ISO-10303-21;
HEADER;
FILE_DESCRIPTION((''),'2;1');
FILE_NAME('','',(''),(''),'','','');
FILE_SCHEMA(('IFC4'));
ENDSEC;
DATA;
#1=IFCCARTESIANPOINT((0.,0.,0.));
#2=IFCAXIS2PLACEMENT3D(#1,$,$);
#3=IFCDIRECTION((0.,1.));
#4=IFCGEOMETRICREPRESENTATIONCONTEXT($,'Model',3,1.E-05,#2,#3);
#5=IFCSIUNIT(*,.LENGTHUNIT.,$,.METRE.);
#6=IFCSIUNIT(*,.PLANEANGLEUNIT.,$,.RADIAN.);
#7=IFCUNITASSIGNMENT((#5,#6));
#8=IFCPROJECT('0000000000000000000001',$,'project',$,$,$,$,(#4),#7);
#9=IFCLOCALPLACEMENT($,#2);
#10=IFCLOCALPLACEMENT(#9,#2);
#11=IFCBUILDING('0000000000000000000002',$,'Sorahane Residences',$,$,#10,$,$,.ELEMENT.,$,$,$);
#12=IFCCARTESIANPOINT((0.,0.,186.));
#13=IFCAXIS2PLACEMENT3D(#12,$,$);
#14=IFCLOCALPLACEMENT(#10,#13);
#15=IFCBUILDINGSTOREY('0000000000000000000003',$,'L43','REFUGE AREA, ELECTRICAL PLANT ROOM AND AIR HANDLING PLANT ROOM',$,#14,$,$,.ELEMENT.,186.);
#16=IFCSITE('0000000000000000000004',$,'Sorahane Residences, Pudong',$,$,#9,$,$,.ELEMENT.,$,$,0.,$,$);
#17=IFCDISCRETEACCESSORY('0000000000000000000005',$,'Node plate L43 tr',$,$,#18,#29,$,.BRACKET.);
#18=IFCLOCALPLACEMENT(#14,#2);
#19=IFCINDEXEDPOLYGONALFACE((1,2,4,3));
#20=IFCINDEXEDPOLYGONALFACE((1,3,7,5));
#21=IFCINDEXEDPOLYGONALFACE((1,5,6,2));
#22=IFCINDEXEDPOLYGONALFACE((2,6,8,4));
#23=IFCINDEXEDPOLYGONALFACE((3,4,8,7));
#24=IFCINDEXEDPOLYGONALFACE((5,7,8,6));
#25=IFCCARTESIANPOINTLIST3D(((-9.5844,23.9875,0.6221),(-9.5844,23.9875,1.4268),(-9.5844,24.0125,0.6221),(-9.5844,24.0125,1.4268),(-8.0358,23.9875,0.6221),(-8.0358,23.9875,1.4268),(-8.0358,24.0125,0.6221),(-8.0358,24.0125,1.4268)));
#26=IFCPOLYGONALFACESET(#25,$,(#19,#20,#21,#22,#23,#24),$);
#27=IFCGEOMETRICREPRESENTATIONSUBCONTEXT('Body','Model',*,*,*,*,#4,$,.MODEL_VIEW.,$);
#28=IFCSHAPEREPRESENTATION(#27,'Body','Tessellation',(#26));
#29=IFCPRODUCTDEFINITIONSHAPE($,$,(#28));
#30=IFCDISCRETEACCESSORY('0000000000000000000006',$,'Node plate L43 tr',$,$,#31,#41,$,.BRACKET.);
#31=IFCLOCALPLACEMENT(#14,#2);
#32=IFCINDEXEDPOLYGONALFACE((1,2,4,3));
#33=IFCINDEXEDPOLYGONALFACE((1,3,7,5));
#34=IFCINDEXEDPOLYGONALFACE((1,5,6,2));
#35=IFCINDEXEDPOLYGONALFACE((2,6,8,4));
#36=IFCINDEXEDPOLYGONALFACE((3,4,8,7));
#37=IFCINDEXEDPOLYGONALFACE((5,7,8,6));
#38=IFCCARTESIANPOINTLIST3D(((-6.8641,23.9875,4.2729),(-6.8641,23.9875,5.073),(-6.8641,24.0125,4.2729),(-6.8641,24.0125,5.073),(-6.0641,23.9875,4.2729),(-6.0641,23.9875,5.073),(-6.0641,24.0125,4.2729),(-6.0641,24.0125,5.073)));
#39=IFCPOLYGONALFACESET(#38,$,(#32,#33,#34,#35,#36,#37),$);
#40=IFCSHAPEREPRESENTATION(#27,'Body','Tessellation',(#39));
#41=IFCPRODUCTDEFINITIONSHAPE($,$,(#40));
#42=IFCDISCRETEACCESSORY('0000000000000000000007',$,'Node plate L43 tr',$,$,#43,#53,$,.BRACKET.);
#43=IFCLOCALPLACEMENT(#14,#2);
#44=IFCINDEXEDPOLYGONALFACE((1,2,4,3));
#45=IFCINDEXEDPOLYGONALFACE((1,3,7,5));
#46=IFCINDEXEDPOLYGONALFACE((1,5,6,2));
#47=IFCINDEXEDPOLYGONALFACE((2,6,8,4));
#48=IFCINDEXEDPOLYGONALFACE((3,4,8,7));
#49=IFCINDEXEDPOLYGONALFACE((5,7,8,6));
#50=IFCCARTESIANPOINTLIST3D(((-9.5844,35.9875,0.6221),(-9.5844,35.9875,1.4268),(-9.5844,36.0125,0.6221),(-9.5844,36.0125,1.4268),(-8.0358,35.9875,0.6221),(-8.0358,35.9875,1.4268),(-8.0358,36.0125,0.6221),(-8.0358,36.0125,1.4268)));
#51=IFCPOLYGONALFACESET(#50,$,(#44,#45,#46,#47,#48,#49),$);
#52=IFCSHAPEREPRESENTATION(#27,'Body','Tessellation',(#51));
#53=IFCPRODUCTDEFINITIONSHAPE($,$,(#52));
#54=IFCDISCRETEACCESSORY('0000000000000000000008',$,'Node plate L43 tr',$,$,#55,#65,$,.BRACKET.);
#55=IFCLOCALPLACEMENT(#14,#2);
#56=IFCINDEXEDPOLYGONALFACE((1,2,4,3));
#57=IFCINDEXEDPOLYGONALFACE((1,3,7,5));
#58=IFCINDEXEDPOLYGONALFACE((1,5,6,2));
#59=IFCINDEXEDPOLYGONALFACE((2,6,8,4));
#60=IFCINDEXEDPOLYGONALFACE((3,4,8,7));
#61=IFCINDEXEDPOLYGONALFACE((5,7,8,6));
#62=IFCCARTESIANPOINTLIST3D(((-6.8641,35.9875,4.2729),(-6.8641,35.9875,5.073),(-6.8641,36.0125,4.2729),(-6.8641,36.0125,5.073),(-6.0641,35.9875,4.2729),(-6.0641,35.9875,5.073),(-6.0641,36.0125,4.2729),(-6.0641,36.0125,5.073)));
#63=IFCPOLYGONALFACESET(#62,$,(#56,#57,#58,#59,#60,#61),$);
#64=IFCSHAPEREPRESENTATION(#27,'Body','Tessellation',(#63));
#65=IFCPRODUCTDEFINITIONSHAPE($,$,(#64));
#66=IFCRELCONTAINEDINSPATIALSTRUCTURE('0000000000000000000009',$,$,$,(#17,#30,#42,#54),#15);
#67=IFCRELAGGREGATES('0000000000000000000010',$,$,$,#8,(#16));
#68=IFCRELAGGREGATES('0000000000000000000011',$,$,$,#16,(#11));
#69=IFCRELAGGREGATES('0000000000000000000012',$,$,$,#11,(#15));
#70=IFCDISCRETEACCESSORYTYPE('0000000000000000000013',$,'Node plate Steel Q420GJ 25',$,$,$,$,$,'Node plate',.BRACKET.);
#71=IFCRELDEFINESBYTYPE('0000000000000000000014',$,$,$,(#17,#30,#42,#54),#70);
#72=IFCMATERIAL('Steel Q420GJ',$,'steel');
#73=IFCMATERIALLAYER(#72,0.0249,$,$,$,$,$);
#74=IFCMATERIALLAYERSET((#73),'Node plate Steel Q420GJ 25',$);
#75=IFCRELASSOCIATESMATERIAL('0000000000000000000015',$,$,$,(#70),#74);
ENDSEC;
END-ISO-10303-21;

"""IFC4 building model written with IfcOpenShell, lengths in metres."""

from ifc_helpers import new_model, si_unit, direction, frame, origin, origin_2d, place, context, subcontext, project, spatial, rectangle, extrude, material, layer, layer_set, type_object, element, save


model = new_model("IFC4")

# Units and contexts
model_context = context("Model", 3, precision=1e-05, world=origin(), true_north=direction((0.0, 1.0)))
body_context = subcontext(model_context, "Body", "Model", "MODEL_VIEW")
ifc_project = project(units=[si_unit("LENGTHUNIT", "METRE"), si_unit("PLANEANGLEUNIT", "RADIAN")], contexts=[model_context])

# Site, building, storey
site_placement = place(None, origin())
site = spatial("IfcSite", under=ifc_project, at=site_placement, Name="Sorahane Residences, Pudong", CompositionType="ELEMENT", RefElevation=0.0)
building_placement = place(site_placement, origin())
building = spatial("IfcBuilding", under=site, at=building_placement, Name="Sorahane Residences", CompositionType="ELEMENT")
storey_placement = place(building_placement, frame((0.0, 0.0, 186.0)))
storey = spatial("IfcBuildingStorey", under=building, at=storey_placement, Name="L43", Description="REFUGE AREA, ELECTRICAL PLANT ROOM AND AIR HANDLING PLANT ROOM", CompositionType="ELEMENT", Elevation=186.0)

# Discrete accessories
ifc_material_1 = material(Name="Steel Q420GJ", Category="steel")
ifc_layer_1 = layer(ifc_material_1, 0.0249)
ifc_layer_set_1 = layer_set([ifc_layer_1], Name="Node plate Steel Q420GJ 25")
discrete_accessory_type_1 = type_object("IfcDiscreteAccessoryType", Name="Node plate Steel Q420GJ 25", ElementType="Node plate", PredefinedType="BRACKET", material=ifc_layer_set_1)
discrete_accessory_1_placement = place(storey_placement, frame((-8.8101, 24.0, 0.6221), z_axis=(0.0, 0.0, 1.0), x_axis=(1.0, 0.0, 0.0)))
element("IfcDiscreteAccessory", 1, at=discrete_accessory_1_placement, inside=storey, type_object=discrete_accessory_type_1, Name="Node plate L43 tr", PredefinedType="BRACKET", context=body_context, shape_type="SweptSolid", body=[
    extrude(rectangle(XDim=1.5486, YDim=0.0249, at=origin_2d()), origin(), (0.0, 0.0, 1.0), 0.8047),
])
discrete_accessory_2_placement = place(storey_placement, frame((-6.4641, 24.0, 4.2729), z_axis=(0.0, 0.0, 1.0), x_axis=(1.0, 0.0, 0.0)))
element("IfcDiscreteAccessory", 2, at=discrete_accessory_2_placement, inside=storey, type_object=discrete_accessory_type_1, Name="Node plate L43 tr", PredefinedType="BRACKET", context=body_context, shape_type="SweptSolid", body=[
    extrude(rectangle(XDim=0.8, YDim=0.0249, at=origin_2d()), origin(), (0.0, 0.0, 1.0), 0.8),
])
discrete_accessory_3_placement = place(storey_placement, frame((-8.8101, 36.0, 0.6221), z_axis=(0.0, 0.0, 1.0), x_axis=(1.0, 0.0, 0.0)))
element("IfcDiscreteAccessory", 3, at=discrete_accessory_3_placement, inside=storey, type_object=discrete_accessory_type_1, Name="Node plate L43 tr", PredefinedType="BRACKET", context=body_context, shape_type="SweptSolid", body=[
    extrude(rectangle(XDim=1.5486, YDim=0.0249, at=origin_2d()), origin(), (0.0, 0.0, 1.0), 0.8047),
])
discrete_accessory_4_placement = place(storey_placement, frame((-6.4641, 36.0, 4.2729), z_axis=(0.0, 0.0, 1.0), x_axis=(1.0, 0.0, 0.0)))
element("IfcDiscreteAccessory", 4, at=discrete_accessory_4_placement, inside=storey, type_object=discrete_accessory_type_1, Name="Node plate L43 tr", PredefinedType="BRACKET", context=body_context, shape_type="SweptSolid", body=[
    extrude(rectangle(XDim=0.8, YDim=0.0249, at=origin_2d()), origin(), (0.0, 0.0, 1.0), 0.8),
])

save(model, "model.ifc")
